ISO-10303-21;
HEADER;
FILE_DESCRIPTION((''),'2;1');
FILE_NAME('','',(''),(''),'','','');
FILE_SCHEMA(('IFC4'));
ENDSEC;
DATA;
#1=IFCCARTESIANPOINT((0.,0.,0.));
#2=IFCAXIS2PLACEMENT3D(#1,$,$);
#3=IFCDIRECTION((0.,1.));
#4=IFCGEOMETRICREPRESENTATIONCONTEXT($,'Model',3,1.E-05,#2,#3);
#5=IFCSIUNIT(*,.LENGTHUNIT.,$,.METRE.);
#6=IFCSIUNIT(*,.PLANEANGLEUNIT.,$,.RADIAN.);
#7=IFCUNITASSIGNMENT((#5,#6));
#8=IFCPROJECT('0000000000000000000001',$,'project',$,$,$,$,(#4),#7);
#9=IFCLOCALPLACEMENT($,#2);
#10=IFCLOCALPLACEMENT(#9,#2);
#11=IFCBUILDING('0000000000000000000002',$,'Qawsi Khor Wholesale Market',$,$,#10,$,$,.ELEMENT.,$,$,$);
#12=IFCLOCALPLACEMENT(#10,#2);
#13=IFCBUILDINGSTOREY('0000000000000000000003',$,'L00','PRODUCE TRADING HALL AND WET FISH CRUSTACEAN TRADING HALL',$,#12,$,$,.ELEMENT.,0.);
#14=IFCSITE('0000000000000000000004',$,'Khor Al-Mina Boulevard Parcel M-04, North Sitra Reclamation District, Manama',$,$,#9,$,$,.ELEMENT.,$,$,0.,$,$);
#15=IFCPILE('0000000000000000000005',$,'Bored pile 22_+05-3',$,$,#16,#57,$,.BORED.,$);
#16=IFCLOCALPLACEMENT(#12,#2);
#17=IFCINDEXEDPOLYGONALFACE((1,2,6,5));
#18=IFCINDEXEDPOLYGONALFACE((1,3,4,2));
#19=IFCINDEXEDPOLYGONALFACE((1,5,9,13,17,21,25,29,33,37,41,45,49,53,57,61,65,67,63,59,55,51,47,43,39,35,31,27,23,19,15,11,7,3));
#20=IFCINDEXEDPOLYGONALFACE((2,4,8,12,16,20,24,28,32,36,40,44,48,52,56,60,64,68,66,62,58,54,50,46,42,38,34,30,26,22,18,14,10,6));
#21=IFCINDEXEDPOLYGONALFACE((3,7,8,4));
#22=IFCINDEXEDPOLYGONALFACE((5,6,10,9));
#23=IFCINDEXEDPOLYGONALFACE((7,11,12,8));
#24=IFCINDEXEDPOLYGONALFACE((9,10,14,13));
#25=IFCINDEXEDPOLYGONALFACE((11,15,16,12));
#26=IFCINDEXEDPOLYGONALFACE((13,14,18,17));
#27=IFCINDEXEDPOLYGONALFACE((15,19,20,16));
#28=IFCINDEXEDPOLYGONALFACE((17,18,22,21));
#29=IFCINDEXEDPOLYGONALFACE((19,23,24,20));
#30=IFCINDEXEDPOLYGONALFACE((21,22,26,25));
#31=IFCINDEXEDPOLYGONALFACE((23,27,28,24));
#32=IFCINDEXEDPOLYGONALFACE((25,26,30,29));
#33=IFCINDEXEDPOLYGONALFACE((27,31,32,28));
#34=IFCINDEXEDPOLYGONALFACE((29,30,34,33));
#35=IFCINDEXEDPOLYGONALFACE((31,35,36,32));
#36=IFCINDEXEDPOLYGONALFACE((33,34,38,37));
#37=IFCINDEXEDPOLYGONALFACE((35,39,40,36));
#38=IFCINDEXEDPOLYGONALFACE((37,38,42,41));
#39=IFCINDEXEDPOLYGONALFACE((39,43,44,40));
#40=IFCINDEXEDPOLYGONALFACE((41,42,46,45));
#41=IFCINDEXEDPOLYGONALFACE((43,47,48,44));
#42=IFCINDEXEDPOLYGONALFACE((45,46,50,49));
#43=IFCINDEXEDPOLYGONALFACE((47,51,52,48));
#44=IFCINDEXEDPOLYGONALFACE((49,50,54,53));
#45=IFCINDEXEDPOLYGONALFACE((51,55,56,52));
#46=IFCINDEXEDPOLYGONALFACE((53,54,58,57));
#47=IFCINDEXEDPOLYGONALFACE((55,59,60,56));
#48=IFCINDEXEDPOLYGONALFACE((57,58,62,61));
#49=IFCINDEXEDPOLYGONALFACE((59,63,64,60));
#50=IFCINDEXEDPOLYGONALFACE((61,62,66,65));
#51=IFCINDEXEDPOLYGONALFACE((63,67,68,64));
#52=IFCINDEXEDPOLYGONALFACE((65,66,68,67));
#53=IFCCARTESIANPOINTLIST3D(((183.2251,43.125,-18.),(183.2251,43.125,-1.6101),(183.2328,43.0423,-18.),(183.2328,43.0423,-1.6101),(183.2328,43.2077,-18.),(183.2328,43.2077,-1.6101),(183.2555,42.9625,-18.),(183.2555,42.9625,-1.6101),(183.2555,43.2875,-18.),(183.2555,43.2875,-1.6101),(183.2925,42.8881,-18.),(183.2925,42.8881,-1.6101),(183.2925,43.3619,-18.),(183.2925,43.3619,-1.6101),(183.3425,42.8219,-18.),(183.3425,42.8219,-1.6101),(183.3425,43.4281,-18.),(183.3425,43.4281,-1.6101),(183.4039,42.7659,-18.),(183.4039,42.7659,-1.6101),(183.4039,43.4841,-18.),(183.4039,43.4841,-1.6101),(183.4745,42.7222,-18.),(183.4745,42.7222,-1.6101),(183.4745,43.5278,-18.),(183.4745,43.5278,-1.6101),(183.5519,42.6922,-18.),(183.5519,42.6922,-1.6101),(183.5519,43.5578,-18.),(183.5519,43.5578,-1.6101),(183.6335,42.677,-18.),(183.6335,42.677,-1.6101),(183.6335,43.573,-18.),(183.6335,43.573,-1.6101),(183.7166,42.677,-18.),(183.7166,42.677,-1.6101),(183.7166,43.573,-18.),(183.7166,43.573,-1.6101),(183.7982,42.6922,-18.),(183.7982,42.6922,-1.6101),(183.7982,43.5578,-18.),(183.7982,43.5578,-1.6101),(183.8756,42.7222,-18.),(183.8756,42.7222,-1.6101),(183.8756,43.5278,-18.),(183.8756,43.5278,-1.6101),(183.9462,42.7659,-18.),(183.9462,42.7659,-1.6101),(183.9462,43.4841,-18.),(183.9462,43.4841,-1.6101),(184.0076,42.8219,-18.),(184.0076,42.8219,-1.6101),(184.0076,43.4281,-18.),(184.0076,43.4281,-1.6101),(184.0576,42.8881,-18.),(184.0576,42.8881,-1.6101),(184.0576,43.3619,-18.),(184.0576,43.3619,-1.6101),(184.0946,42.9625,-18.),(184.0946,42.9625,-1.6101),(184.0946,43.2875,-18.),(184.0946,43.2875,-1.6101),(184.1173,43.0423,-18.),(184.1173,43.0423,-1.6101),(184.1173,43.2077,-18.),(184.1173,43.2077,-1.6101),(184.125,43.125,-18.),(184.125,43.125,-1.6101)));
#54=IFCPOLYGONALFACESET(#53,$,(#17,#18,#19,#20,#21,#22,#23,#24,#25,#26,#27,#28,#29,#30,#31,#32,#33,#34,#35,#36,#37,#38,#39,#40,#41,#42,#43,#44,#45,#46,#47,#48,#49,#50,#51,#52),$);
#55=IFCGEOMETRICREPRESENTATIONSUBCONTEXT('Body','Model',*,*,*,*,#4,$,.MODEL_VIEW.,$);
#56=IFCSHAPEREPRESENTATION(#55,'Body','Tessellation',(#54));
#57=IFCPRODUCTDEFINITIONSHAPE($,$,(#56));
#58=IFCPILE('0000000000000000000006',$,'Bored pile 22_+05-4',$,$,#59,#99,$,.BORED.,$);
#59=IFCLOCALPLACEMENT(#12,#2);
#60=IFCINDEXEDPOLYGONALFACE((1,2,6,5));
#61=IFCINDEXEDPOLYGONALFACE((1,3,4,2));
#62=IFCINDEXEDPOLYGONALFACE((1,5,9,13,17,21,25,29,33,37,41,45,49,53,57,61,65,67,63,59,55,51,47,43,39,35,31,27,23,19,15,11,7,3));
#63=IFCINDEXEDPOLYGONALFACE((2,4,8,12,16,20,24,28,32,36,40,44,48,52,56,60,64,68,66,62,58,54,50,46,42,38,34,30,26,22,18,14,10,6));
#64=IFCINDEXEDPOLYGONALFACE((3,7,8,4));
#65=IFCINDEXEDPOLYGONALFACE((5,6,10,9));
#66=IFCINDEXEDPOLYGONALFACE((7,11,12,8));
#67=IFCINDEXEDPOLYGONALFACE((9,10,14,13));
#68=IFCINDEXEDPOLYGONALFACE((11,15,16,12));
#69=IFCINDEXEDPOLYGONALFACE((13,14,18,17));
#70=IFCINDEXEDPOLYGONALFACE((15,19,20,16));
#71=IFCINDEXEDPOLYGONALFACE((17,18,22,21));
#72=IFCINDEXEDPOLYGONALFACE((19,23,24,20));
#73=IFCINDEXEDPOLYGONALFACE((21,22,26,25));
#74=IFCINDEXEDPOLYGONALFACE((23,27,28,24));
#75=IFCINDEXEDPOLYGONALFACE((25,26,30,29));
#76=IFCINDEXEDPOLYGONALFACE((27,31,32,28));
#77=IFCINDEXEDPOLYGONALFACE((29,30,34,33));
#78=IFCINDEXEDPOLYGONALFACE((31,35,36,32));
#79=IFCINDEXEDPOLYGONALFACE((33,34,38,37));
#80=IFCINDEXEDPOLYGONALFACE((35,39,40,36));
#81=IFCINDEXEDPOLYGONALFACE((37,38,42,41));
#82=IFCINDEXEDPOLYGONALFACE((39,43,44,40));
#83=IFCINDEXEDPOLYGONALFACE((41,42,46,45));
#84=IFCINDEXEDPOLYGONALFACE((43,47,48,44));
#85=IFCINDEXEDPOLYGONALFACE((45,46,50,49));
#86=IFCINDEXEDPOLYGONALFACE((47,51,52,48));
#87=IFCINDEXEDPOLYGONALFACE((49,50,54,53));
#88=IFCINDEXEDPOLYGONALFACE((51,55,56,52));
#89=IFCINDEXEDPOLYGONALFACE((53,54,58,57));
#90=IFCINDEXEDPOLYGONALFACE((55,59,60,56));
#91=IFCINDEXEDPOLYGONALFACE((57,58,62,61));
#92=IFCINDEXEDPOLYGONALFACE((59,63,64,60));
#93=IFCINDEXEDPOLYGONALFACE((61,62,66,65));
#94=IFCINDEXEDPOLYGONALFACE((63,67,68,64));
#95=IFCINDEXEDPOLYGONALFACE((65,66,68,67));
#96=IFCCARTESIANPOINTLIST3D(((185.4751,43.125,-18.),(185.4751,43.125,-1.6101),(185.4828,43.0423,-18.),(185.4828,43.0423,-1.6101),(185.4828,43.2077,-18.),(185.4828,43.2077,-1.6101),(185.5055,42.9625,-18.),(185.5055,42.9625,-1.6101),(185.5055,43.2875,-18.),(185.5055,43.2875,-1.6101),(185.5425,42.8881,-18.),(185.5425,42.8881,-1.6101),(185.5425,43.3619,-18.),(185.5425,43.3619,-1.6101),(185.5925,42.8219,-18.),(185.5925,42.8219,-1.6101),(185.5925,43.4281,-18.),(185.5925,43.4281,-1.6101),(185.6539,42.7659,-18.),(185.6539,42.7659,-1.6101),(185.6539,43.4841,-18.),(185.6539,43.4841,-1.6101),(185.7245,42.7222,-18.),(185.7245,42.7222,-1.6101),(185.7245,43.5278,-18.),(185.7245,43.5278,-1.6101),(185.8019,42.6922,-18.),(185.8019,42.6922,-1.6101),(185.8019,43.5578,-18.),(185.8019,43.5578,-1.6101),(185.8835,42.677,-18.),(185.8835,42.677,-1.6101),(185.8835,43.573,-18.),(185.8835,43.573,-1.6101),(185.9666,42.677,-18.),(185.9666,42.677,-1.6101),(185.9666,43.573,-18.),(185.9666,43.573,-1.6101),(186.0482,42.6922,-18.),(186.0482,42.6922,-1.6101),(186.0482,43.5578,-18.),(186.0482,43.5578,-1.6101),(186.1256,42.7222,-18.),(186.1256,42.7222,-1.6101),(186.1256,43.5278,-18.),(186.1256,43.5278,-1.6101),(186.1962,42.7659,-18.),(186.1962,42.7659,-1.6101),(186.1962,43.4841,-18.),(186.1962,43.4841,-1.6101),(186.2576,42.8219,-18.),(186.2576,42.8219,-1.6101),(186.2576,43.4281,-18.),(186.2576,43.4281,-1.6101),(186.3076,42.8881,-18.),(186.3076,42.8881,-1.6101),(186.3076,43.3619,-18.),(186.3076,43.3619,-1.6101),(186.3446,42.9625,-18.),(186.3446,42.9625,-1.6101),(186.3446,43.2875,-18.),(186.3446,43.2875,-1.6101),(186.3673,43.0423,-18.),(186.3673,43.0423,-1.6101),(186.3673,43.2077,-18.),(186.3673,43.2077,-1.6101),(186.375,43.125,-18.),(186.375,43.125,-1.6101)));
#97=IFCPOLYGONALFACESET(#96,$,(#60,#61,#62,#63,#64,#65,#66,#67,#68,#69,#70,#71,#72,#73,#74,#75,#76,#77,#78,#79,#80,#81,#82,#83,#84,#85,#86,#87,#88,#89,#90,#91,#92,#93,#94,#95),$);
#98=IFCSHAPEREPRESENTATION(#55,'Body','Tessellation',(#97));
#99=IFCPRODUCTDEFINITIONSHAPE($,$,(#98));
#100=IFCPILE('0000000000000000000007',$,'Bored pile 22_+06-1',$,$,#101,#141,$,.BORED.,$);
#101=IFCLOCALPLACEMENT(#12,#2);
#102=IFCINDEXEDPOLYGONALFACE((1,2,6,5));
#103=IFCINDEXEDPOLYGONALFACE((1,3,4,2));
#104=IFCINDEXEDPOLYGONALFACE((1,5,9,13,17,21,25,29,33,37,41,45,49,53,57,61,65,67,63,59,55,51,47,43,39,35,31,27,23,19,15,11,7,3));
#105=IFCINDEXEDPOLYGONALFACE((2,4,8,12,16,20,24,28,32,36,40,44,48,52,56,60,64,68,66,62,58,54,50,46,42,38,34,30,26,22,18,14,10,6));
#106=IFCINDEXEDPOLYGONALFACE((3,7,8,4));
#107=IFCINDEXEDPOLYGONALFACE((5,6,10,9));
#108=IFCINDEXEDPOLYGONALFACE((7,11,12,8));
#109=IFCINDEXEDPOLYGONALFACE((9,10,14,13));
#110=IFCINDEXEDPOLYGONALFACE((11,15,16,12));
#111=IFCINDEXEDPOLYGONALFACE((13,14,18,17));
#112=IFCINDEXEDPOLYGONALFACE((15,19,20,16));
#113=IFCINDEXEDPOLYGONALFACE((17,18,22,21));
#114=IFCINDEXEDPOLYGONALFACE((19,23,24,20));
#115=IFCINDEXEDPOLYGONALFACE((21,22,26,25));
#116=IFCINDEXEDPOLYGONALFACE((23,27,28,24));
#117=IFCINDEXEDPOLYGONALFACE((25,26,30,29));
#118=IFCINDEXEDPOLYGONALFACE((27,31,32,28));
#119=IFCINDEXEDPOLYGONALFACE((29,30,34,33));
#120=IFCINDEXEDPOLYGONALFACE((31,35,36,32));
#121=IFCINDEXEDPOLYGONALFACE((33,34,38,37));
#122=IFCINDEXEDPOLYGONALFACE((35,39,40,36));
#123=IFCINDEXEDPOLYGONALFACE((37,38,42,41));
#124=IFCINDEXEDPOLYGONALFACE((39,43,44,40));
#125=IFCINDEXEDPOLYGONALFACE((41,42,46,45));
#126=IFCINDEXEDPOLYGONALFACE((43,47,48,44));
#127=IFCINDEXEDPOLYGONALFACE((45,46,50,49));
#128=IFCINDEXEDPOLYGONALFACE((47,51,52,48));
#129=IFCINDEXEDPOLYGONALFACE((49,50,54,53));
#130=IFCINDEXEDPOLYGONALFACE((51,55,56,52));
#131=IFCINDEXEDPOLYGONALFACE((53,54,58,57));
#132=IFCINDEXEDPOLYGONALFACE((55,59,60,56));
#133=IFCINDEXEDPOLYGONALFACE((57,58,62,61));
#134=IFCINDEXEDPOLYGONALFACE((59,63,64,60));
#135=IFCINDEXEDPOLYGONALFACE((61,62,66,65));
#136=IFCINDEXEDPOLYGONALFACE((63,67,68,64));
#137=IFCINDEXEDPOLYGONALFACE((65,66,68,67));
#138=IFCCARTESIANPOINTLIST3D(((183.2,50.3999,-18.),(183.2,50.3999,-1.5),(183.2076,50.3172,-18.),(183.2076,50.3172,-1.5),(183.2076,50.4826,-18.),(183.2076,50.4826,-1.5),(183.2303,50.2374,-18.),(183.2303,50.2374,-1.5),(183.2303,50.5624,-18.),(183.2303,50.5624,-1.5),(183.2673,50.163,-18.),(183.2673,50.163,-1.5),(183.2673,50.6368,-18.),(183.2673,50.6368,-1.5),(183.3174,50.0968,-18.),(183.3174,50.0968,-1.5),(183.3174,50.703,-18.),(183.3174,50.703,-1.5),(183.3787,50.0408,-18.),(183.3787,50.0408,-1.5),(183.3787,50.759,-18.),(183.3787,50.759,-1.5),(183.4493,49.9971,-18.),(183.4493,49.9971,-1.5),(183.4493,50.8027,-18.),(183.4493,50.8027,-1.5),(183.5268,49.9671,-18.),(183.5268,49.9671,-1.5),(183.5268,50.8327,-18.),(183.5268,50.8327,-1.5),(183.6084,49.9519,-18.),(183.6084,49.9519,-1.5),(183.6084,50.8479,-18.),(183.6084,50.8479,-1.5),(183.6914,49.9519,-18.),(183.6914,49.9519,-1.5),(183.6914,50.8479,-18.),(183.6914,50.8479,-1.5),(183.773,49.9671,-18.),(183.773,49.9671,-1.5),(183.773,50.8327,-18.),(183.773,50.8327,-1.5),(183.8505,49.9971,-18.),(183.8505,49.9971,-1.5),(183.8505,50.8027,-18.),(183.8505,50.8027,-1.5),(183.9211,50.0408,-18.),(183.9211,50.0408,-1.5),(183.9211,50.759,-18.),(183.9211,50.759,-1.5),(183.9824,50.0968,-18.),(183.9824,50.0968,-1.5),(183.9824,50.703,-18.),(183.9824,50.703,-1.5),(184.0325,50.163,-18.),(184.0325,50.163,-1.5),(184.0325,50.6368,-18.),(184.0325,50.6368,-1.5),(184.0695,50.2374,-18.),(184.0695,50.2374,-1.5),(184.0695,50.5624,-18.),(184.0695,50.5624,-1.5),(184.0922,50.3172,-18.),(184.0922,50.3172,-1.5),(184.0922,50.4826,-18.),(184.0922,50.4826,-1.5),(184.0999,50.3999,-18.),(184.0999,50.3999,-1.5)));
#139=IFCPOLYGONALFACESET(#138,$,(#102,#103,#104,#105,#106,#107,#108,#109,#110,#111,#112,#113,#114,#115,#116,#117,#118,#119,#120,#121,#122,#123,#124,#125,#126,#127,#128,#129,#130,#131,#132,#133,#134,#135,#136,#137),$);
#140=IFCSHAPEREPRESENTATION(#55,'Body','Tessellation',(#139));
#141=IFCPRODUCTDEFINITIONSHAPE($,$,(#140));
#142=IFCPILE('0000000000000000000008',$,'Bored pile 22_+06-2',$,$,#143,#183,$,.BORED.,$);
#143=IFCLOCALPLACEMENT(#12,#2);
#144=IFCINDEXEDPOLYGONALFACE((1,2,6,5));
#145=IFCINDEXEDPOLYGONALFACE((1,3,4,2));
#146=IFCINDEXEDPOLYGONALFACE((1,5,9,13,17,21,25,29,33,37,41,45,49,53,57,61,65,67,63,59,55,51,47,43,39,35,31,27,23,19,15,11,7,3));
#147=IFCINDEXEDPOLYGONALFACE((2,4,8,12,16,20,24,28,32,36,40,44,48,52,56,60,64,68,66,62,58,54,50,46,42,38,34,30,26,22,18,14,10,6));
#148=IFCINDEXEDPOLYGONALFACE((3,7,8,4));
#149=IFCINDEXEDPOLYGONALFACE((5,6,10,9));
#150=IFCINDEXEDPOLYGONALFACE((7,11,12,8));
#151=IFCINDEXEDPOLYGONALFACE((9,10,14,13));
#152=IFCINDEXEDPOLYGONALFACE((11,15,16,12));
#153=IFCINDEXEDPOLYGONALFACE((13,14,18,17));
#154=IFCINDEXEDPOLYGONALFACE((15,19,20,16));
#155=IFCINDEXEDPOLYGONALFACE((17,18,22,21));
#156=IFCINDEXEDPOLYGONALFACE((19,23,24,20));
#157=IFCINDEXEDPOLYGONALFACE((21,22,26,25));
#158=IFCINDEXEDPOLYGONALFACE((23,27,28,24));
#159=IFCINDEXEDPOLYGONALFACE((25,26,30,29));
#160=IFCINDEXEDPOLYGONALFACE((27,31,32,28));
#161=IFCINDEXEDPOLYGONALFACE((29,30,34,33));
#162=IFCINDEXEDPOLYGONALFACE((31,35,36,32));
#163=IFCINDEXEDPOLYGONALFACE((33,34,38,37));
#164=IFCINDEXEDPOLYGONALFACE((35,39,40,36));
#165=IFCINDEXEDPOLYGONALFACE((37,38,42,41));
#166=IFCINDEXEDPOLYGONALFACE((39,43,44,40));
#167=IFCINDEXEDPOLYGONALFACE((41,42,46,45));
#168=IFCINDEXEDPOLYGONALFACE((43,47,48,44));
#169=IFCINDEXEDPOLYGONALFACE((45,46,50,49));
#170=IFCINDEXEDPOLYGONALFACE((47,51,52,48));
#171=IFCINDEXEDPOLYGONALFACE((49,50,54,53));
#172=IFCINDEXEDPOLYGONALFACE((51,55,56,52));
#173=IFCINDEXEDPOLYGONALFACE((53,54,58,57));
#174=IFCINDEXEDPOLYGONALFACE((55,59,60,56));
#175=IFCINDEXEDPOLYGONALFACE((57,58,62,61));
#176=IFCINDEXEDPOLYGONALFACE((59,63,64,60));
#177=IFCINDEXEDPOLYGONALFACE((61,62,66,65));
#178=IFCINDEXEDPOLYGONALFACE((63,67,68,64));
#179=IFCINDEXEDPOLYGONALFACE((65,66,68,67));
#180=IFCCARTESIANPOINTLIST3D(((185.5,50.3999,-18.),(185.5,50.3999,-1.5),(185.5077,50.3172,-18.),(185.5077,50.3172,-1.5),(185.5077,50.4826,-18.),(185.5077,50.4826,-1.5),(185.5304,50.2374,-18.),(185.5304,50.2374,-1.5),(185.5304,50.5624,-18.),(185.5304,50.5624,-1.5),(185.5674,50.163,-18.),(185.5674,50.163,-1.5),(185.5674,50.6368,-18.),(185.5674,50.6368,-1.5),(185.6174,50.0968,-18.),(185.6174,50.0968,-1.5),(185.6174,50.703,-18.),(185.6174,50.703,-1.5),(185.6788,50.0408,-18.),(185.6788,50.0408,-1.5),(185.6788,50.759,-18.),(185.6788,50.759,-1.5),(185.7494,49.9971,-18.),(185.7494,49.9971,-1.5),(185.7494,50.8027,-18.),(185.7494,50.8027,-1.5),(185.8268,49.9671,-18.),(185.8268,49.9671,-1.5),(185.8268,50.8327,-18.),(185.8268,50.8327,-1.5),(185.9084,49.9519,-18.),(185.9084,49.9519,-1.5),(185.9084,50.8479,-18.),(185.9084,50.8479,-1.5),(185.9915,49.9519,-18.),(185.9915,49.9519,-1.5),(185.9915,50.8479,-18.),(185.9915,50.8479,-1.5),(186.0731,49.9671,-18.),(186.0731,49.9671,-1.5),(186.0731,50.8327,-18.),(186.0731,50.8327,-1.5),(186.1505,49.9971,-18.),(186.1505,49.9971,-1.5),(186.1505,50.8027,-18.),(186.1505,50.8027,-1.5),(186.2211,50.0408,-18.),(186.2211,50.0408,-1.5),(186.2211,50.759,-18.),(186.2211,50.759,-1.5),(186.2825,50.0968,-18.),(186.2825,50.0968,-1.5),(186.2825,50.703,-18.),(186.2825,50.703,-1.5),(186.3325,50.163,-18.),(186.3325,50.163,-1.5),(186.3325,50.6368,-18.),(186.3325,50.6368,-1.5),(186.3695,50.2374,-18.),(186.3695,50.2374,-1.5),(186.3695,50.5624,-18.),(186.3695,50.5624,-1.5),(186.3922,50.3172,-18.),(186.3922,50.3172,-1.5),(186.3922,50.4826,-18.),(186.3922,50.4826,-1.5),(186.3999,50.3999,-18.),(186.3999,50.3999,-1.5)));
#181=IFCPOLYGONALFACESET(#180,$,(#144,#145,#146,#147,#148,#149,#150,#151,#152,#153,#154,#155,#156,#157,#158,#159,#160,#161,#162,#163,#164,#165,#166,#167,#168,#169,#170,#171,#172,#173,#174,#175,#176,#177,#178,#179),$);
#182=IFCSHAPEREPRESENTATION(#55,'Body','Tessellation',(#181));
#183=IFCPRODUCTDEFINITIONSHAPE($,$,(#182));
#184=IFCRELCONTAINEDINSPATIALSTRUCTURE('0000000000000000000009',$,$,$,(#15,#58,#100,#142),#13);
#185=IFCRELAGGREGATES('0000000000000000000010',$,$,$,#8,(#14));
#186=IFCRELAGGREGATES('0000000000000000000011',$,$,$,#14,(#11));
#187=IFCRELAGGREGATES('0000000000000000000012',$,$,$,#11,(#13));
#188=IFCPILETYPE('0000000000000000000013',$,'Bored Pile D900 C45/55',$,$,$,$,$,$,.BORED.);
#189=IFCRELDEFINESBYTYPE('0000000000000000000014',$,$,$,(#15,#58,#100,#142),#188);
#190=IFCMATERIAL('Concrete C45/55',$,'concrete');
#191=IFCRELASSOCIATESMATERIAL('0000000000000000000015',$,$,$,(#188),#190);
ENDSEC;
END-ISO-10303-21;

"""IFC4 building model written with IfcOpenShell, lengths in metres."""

from ifc_helpers import new_model, si_unit, direction, frame, origin, origin_2d, place, context, subcontext, project, spatial, circle, extrude, material, material_profile, profile_set, type_object, element, save


model = new_model("IFC4")

# Units and contexts
model_context = context("Model", 3, precision=1e-05, world=origin(), true_north=direction((0.0, 1.0)))
body_context = subcontext(model_context, "Body", "Model", "MODEL_VIEW")
ifc_project = project(units=[si_unit("LENGTHUNIT", "METRE"), si_unit("PLANEANGLEUNIT", "RADIAN")], contexts=[model_context])

# Site, building, storey
site_placement = place(None, origin())
site = spatial("IfcSite", under=ifc_project, at=site_placement, Name="Khor Al-Mina Boulevard Parcel M-04, North Sitra Reclamation District, Manama", CompositionType="ELEMENT", RefElevation=0.0)
building_placement = place(site_placement, origin())
building = spatial("IfcBuilding", under=site, at=building_placement, Name="Qawsi Khor Wholesale Market", CompositionType="ELEMENT")
storey_placement = place(building_placement, origin())
storey = spatial("IfcBuildingStorey", under=building, at=storey_placement, Name="L00", Description="PRODUCE TRADING HALL AND WET FISH CRUSTACEAN TRADING HALL", CompositionType="ELEMENT", Elevation=0.0)

# Piles
ifc_material_1 = material(Name="Concrete C45/55", Category="concrete")
ifc_material_profile_1 = material_profile(ifc_material_1, circle(Radius=0.45, at=origin_2d()), Name="PILE D900")
ifc_profile_set_1 = profile_set([ifc_material_profile_1], Name="Concrete C45/55")
pile_type = type_object("IfcPileType", Name="Bored Pile D900 C45/55", PredefinedType="BORED", material=ifc_profile_set_1)
for number, where, z_axis, x_axis, name in (
    (1, (183.675, 43.125, -1.6101), (0.0, 0.0, -1.0), (1.0, 0.0, 0.0), "Bored pile 22_+05-3"),
    (2, (185.925, 43.125, -1.6101), (0.0, 0.0, -1.0), (1.0, 0.0, 0.0), "Bored pile 22_+05-4"),
):
    element("IfcPile", number, at=place(storey_placement, frame(where, z_axis=z_axis, x_axis=x_axis)), inside=storey, type_object=pile_type, Name=name, PredefinedType="BORED", context=body_context, shape_type="SweptSolid", body=[
        extrude(circle(Radius=0.45, at=origin_2d()), origin(), (0.0, 0.0, 1.0), 16.3899),
    ])
for number, where, z_axis, x_axis, name in (
    (3, (183.6499, 50.3999, -1.5), (0.0, 0.0, -1.0), (1.0, 0.0, 0.0), "Bored pile 22_+06-1"),
    (4, (185.95, 50.3999, -1.5), (0.0, 0.0, -1.0), (1.0, 0.0, 0.0), "Bored pile 22_+06-2"),
):
    element("IfcPile", number, at=place(storey_placement, frame(where, z_axis=z_axis, x_axis=x_axis)), inside=storey, type_object=pile_type, Name=name, PredefinedType="BORED", context=body_context, shape_type="SweptSolid", body=[
        extrude(circle(Radius=0.45, at=origin_2d()), origin(), (0.0, 0.0, 1.0), 16.5),
    ])

save(model, "model.ifc")
